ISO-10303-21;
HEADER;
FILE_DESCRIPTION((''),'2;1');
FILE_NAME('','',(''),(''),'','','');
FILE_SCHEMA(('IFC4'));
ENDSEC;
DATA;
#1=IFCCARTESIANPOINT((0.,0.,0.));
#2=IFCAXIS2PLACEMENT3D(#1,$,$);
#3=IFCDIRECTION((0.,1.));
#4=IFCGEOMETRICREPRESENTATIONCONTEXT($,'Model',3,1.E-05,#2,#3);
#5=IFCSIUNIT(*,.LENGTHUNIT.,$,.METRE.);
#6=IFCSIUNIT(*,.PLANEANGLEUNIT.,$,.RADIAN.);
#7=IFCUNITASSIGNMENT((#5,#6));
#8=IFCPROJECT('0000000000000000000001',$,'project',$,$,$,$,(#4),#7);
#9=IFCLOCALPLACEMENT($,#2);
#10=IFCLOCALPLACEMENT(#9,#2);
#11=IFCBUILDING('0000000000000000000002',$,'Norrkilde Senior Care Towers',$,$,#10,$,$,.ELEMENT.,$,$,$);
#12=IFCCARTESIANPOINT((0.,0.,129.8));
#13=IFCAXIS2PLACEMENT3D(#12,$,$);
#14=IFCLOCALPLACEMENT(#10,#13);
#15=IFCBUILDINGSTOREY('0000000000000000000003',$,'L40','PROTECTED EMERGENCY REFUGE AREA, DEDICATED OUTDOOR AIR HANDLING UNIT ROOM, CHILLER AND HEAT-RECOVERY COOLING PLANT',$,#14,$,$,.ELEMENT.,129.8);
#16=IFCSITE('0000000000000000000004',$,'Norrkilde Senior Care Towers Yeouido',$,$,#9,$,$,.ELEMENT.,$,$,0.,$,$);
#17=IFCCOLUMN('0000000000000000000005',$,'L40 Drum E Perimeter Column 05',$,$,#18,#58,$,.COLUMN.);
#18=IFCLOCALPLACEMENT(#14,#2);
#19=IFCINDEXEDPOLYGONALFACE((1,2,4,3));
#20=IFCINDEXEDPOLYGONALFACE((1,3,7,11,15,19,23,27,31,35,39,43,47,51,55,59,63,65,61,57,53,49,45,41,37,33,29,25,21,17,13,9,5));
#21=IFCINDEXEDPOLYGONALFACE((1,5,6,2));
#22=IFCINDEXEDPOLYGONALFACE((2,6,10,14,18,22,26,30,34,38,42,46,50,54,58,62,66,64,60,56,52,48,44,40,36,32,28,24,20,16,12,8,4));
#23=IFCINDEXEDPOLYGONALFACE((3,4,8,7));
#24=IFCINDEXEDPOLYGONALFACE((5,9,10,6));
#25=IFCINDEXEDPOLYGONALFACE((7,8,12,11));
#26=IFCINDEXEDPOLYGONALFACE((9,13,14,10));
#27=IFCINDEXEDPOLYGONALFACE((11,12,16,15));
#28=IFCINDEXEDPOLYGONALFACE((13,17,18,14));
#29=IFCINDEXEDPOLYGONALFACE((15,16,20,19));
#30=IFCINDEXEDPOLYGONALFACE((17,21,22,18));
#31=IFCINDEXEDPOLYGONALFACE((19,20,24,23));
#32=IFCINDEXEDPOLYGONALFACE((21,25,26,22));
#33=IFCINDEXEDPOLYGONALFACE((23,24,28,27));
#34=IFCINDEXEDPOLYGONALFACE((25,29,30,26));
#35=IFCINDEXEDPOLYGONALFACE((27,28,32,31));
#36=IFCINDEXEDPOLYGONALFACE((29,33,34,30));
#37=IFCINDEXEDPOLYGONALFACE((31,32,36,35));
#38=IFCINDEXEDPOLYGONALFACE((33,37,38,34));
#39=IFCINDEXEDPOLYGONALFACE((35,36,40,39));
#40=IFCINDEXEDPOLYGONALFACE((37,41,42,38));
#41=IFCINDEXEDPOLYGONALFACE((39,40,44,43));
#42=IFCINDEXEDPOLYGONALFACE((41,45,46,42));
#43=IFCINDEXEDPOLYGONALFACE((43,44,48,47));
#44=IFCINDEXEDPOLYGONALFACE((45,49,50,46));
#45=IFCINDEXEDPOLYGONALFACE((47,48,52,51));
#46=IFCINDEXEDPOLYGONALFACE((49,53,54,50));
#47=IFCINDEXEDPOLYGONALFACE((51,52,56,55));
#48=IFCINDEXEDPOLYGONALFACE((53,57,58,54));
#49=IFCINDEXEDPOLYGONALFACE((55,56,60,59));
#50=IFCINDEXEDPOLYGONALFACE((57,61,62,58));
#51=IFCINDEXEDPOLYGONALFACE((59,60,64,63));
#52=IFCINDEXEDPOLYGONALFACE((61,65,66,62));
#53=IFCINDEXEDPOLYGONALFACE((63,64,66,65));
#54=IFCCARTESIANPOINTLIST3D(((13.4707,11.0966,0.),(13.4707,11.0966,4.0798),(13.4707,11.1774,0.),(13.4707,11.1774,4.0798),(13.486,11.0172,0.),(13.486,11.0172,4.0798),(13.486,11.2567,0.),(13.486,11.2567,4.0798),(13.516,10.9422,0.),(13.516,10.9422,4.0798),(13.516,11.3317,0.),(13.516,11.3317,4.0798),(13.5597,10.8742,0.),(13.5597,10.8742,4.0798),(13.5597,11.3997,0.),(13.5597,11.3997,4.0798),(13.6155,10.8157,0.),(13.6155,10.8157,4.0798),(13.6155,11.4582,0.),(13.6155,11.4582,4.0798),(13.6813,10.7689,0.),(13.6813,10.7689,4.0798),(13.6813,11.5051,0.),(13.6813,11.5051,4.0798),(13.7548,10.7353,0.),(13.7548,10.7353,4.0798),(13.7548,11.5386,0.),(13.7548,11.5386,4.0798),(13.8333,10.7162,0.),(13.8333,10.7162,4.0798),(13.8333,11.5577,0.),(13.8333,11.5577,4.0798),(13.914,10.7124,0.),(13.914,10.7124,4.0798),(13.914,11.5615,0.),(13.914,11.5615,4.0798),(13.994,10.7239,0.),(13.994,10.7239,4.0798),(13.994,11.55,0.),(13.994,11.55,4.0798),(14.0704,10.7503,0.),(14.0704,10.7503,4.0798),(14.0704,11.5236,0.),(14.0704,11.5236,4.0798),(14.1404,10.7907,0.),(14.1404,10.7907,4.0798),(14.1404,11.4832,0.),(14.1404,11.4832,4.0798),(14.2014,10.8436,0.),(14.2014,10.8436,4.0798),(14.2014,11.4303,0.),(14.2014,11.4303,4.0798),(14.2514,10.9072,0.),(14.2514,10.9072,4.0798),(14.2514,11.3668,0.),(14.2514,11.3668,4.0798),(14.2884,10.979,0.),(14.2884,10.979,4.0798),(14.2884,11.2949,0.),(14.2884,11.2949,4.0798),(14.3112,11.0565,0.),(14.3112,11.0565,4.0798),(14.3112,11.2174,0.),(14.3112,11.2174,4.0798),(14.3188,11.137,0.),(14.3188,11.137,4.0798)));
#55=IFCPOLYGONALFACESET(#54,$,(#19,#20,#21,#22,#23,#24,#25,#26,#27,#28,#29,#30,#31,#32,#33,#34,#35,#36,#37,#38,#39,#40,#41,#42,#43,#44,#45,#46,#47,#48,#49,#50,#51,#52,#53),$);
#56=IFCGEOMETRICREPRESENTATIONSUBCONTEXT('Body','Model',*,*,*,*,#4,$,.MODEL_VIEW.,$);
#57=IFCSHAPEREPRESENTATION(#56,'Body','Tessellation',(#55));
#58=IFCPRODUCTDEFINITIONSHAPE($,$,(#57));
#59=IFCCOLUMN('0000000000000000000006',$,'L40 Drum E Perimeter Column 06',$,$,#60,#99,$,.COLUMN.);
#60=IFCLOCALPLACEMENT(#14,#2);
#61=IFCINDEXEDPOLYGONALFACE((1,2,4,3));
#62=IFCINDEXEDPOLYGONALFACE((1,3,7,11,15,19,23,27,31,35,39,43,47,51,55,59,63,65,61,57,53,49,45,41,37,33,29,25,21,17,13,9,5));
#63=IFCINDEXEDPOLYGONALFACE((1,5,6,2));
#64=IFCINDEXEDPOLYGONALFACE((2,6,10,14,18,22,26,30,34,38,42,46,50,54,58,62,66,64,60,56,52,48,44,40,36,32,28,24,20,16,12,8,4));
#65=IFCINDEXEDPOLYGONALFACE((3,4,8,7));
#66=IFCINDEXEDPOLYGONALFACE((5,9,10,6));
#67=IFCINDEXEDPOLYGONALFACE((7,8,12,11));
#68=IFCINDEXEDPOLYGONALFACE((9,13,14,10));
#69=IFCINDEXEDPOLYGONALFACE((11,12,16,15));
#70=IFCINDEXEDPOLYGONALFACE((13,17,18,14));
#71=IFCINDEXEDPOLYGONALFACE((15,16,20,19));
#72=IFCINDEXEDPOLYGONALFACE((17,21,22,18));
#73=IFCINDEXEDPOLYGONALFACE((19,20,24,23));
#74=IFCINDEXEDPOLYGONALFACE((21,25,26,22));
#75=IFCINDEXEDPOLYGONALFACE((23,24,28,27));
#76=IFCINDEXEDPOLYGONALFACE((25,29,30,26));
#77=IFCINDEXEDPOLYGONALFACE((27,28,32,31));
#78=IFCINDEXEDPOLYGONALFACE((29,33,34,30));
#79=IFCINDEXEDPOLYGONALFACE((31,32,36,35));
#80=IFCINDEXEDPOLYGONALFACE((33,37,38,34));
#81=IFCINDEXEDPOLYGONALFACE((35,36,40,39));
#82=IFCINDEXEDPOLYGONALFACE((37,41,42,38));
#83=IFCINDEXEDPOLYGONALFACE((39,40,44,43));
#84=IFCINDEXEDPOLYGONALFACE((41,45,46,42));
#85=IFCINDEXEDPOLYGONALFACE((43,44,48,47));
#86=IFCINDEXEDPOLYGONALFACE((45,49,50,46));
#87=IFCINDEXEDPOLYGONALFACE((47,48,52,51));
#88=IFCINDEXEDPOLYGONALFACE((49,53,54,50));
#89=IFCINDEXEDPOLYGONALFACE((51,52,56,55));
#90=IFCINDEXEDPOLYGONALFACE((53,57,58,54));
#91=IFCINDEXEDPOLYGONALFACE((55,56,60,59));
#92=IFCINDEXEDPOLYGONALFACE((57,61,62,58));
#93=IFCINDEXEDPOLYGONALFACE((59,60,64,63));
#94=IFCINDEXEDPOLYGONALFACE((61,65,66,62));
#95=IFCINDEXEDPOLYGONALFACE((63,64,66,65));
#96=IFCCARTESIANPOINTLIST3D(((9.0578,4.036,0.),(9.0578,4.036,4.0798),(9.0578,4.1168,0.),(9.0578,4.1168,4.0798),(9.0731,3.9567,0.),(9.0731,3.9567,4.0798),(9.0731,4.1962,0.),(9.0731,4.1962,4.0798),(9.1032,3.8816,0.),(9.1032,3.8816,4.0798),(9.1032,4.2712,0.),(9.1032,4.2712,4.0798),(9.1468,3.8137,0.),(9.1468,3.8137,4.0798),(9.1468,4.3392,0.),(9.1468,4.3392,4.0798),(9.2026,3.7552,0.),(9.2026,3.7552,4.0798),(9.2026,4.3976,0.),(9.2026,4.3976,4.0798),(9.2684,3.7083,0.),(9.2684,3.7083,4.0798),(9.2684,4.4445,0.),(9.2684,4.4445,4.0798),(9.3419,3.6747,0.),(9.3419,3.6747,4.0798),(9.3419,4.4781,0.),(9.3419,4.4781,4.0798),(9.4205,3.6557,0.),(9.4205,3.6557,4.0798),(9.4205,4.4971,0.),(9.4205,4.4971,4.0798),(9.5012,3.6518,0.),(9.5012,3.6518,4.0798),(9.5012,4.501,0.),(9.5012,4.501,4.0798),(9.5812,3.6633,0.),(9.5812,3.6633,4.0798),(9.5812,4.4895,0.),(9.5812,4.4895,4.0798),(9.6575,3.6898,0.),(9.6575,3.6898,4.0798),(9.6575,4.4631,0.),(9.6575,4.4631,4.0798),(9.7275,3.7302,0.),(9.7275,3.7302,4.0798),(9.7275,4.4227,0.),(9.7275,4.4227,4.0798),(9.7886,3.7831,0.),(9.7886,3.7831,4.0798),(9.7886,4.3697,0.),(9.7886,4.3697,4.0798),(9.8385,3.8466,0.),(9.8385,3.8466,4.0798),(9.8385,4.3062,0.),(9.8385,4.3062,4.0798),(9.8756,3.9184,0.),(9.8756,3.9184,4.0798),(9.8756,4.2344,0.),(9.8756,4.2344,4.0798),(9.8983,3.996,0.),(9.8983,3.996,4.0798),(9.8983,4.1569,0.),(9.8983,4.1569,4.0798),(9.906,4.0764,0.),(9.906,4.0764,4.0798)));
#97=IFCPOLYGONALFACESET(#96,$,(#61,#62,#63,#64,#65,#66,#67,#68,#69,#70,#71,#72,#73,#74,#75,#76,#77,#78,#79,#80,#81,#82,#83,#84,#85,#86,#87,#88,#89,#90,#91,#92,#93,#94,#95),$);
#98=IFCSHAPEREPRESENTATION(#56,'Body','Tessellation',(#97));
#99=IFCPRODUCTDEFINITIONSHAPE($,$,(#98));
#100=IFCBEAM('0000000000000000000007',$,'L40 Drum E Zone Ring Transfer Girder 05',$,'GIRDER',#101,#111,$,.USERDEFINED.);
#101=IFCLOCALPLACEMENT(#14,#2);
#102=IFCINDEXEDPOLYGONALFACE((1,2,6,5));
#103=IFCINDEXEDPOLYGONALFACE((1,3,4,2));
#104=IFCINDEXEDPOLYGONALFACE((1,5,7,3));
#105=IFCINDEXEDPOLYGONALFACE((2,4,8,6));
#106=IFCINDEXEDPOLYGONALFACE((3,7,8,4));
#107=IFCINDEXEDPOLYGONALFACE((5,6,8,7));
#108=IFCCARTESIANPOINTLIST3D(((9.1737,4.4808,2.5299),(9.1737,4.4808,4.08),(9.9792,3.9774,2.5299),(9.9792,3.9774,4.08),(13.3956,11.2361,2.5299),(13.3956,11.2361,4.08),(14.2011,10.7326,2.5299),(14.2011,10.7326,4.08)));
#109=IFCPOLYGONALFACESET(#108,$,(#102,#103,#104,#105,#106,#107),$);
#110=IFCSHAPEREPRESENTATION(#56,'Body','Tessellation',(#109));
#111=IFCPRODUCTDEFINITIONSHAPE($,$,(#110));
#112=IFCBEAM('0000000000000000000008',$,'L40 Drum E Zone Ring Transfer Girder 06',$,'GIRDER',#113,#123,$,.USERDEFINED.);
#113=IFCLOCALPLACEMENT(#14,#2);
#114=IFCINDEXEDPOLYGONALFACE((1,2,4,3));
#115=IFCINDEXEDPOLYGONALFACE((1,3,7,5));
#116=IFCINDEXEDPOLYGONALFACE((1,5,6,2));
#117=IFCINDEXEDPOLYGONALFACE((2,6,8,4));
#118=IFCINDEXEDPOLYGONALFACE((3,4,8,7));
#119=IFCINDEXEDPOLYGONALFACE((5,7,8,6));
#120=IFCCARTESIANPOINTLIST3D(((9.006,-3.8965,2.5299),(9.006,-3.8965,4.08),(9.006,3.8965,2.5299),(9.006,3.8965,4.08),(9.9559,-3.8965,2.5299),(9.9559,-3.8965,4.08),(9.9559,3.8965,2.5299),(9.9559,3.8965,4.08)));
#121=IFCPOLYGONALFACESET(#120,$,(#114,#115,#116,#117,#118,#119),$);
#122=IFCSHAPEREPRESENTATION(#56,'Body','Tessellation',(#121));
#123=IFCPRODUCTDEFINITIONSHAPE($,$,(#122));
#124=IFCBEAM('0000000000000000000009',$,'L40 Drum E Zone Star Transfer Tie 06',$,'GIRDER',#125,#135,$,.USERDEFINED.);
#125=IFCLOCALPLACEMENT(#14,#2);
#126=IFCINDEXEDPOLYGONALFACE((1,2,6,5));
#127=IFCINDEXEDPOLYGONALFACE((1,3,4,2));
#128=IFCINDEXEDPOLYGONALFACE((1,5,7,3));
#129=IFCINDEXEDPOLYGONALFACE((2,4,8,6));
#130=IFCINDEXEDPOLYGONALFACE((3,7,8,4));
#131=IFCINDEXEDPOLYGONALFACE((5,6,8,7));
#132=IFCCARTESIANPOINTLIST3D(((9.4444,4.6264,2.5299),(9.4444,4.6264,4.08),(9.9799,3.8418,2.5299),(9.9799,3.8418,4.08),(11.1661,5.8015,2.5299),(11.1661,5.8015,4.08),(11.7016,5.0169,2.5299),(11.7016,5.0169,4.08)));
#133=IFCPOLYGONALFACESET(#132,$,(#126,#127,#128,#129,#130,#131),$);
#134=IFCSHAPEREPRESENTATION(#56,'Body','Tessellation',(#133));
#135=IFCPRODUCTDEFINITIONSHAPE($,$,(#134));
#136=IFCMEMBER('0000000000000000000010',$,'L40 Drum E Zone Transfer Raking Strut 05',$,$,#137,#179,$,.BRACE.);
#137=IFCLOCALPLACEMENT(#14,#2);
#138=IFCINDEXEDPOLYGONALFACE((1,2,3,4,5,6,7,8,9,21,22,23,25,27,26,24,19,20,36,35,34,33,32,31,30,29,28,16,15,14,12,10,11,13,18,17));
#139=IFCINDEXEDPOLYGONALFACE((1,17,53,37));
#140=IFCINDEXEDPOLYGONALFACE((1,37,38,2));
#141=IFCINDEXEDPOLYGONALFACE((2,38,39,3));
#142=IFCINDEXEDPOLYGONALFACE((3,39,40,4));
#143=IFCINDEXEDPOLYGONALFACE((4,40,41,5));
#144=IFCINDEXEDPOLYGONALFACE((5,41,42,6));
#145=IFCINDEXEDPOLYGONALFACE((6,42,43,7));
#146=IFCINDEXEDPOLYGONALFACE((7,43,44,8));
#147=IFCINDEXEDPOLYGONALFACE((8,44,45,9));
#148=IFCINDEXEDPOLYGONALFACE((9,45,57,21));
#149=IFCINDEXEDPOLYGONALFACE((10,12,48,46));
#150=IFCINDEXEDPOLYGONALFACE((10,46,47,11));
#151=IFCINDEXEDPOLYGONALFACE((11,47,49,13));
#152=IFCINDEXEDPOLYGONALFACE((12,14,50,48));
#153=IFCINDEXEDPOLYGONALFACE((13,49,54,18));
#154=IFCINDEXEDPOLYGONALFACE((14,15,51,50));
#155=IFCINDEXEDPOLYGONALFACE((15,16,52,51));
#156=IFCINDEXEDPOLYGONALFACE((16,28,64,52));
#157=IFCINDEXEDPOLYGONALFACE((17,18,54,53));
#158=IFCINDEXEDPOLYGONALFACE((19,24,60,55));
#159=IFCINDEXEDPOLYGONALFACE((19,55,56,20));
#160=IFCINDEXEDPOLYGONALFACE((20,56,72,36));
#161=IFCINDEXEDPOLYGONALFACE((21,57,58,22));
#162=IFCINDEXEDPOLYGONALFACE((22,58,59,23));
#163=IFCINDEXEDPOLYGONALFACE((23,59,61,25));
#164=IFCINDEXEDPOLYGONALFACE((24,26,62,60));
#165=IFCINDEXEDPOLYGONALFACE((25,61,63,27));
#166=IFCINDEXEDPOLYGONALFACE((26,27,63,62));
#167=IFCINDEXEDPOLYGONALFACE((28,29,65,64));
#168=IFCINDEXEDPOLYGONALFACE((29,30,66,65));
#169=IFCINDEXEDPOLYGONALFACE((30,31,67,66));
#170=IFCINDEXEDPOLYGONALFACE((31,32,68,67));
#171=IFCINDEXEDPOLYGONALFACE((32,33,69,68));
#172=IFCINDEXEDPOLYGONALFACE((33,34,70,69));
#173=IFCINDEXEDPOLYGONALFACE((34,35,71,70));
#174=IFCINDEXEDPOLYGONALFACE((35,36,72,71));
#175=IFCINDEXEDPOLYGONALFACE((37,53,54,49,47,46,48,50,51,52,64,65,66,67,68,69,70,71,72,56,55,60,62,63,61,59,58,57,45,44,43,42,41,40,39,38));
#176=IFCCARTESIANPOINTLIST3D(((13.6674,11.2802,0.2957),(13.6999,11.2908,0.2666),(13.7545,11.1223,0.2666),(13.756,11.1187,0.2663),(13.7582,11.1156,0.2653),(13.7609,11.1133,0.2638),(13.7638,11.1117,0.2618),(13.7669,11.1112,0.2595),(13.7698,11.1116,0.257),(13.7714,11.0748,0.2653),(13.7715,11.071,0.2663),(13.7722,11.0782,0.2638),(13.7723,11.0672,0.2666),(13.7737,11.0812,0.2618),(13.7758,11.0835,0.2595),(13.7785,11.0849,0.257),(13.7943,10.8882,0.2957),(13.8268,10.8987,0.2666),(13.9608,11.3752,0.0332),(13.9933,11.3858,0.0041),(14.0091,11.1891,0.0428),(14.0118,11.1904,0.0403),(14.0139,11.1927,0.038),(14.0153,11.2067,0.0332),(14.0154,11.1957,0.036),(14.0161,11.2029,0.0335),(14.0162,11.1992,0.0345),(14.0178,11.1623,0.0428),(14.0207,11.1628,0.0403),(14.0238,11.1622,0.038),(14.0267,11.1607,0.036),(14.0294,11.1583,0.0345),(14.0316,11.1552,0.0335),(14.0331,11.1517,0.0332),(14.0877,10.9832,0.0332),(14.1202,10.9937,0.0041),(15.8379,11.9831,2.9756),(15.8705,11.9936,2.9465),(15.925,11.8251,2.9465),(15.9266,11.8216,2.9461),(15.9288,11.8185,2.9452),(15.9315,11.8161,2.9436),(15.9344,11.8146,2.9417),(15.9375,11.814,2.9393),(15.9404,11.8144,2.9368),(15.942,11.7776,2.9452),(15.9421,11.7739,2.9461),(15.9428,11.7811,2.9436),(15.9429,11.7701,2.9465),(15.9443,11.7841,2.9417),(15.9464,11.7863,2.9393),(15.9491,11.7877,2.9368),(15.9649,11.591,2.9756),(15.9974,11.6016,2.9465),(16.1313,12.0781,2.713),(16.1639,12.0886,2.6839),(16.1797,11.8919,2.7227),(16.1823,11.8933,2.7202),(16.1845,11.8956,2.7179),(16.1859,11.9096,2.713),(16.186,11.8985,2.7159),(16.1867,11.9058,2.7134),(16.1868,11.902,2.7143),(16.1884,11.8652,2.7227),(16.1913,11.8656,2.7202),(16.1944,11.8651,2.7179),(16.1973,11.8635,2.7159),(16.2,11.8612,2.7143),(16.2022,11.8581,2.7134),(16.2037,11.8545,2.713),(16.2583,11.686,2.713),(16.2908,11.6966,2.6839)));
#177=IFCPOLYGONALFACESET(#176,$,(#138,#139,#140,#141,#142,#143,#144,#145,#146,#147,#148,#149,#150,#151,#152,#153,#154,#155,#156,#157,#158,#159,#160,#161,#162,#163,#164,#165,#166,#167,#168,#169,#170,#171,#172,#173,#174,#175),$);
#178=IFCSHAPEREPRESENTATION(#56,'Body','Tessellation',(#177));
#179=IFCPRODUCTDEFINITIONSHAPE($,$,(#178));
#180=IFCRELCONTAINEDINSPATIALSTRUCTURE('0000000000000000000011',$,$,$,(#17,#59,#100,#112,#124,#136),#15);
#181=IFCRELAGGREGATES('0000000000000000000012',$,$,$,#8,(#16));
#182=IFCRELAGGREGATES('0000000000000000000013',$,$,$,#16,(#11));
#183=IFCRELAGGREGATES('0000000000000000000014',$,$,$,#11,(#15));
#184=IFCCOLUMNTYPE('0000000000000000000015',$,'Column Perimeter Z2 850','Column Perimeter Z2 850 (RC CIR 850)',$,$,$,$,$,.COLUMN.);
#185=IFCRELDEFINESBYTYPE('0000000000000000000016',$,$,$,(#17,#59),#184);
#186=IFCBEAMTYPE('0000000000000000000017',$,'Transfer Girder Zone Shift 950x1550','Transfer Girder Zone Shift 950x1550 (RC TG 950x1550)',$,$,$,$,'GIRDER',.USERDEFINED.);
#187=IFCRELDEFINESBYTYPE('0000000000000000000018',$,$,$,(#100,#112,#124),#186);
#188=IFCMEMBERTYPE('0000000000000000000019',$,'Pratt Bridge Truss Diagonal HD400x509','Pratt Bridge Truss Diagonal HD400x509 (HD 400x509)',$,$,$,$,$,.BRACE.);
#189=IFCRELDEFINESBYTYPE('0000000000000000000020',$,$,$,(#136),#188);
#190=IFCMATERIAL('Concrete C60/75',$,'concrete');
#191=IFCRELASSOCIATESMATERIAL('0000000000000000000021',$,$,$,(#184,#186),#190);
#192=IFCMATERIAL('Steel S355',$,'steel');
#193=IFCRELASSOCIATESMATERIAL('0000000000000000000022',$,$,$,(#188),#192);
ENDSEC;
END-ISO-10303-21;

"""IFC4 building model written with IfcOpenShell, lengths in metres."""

from ifc_helpers import new_model, si_unit, direction, frame, origin, origin_2d, place, context, subcontext, project, spatial, rectangle, circle, i_section, extrude, source, transform, mapped, material, material_profile, profile_set, type_object, type_shapes, element, save


model = new_model("IFC4")

# Units and contexts
model_context = context("Model", 3, precision=1e-05, world=origin(), true_north=direction((0.0, 1.0)))
body_context = subcontext(model_context, "Body", "Model", "MODEL_VIEW")
ifc_project = project(units=[si_unit("LENGTHUNIT", "METRE"), si_unit("PLANEANGLEUNIT", "RADIAN")], contexts=[model_context])

# Site, building, storey
site_placement = place(None, origin())
site = spatial("IfcSite", under=ifc_project, at=site_placement, Name="Norrkilde Senior Care Towers Yeouido", CompositionType="ELEMENT", RefElevation=0.0)
building_placement = place(site_placement, origin())
building = spatial("IfcBuilding", under=site, at=building_placement, Name="Norrkilde Senior Care Towers", CompositionType="ELEMENT")
storey_placement = place(building_placement, frame((0.0, 0.0, 129.8)))
storey = spatial("IfcBuildingStorey", under=building, at=storey_placement, Name="L40", Description="PROTECTED EMERGENCY REFUGE AREA, DEDICATED OUTDOOR AIR HANDLING UNIT ROOM, CHILLER AND HEAT-RECOVERY COOLING PLANT", CompositionType="ELEMENT", Elevation=129.8)

# Columns
ifc_material_1 = material(Name="Concrete C60/75", Category="concrete")
ifc_material_profile_1 = material_profile(ifc_material_1, circle(Radius=0.425, at=origin_2d()), Name="RC CIR 850")
ifc_profile_set_1 = profile_set([ifc_material_profile_1], Name="Concrete C60/75")
column_type = type_object("IfcColumnType", Name="Column Perimeter Z2 850", Description="Column Perimeter Z2 850 (RC CIR 850)", PredefinedType="COLUMN", material=ifc_profile_set_1)
shared_shape_1 = source(origin(), body_context, "Body", "SweptSolid", [
    extrude(circle(Radius=0.425, at=origin_2d()), origin(), (0.0, 0.0, 1.0), 4.0798),
])
type_shapes(column_type, [shared_shape_1])
for number, where, z_axis, x_axis, name in (
    (1, (13.8938, 11.137, 0.0), (0.0, 0.0, 1.0), (1.0, 0.0, 0.0), "L40 Drum E Perimeter Column 05"),
    (2, (9.481, 4.0764, 0.0), (0.0, 0.0, 1.0), (1.0, 0.0, 0.0), "L40 Drum E Perimeter Column 06"),
):
    element("IfcColumn", number, at=place(storey_placement, frame(where, z_axis=z_axis, x_axis=x_axis)), inside=storey, type_object=column_type, Name=name, PredefinedType="COLUMN", context=body_context, shape_type="MappedRepresentation", body=[
        mapped(shared_shape_1, transform((0.0, 0.0, 0.0), x_axis=(1.0, 0.0, 0.0), y_axis=(0.0, 1.0, 0.0), z_axis=(0.0, 0.0, 1.0), scale=1.0)),
    ])

# Beams
ifc_material_profile_2 = material_profile(ifc_material_1, rectangle(XDim=0.95, YDim=1.55, at=origin_2d()), Name="RC TG 950x1550")
ifc_profile_set_2 = profile_set([ifc_material_profile_2], Name="Concrete C60/75")
beam_type = type_object("IfcBeamType", Name="Transfer Girder Zone Shift 950x1550", Description="Transfer Girder Zone Shift 950x1550 (RC TG 950x1550)", ElementType="GIRDER", PredefinedType="USERDEFINED", material=ifc_profile_set_2)
shared_shape_2 = source(origin(), body_context, "Body", "SweptSolid", [
    extrude(rectangle(XDim=0.95, YDim=1.55, at=origin_2d()), origin(), (0.0, 0.0, 1.0), 7.9661),
])
beam_1_placement = place(storey_placement, frame((13.7983, 10.9844, 3.3049), z_axis=(-0.529982, -0.848009, 0.0), x_axis=(0.848009, -0.529982, 0.0)))
element("IfcBeam", 3, at=beam_1_placement, inside=storey, type_object=beam_type, Name="L40 Drum E Zone Ring Transfer Girder 05", ObjectType="GIRDER", PredefinedType="USERDEFINED", context=body_context, shape_type="MappedRepresentation", body=[
    mapped(shared_shape_2, transform((0.0, 0.0, 0.0), x_axis=(1.0, 0.0, 0.0), y_axis=(0.0, 1.0, 0.0), z_axis=(0.0, 0.0, 1.0), scale=1.0)),
])
shared_shape_3 = source(origin(), body_context, "Body", "SweptSolid", [
    extrude(rectangle(XDim=0.95, YDim=1.55, at=origin_2d()), origin(), (0.0, 0.0, 1.0), 7.793),
])
beam_2_placement = place(storey_placement, frame((9.481, 3.8965, 3.3049), z_axis=(0.0, -1.0, 0.0), x_axis=(1.0, 0.0, 0.0)))
element("IfcBeam", 4, at=beam_2_placement, inside=storey, type_object=beam_type, Name="L40 Drum E Zone Ring Transfer Girder 06", ObjectType="GIRDER", PredefinedType="USERDEFINED", context=body_context, shape_type="MappedRepresentation", body=[
    mapped(shared_shape_3, transform((0.0, 0.0, 0.0), x_axis=(1.0, 0.0, 0.0), y_axis=(0.0, 1.0, 0.0), z_axis=(0.0, 0.0, 1.0), scale=1.0)),
])
shared_shape_4 = source(origin(), body_context, "Body", "SweptSolid", [
    extrude(rectangle(XDim=0.95, YDim=1.55, at=origin_2d()), origin(), (0.0, 0.0, 1.0), 2.0845),
])
type_shapes(beam_type, [shared_shape_2, shared_shape_3, shared_shape_4])
beam_3_placement = place(storey_placement, frame((11.4338, 5.4092, 3.3049), z_axis=(-0.825965, -0.563722, 0.0), x_axis=(0.563722, -0.825965, 0.0)))
element("IfcBeam", 5, at=beam_3_placement, inside=storey, type_object=beam_type, Name="L40 Drum E Zone Star Transfer Tie 06", ObjectType="GIRDER", PredefinedType="USERDEFINED", context=body_context, shape_type="MappedRepresentation", body=[
    mapped(shared_shape_4, transform((0.0, 0.0, 0.0), x_axis=(1.0, 0.0, 0.0), y_axis=(0.0, 1.0, 0.0), z_axis=(0.0, 0.0, 1.0), scale=1.0)),
])

# Member
ifc_material_2 = material(Name="Steel S355", Category="steel")
ifc_material_profile_3 = material_profile(ifc_material_2, i_section(OverallWidth=0.4121, OverallDepth=0.45, WebThickness=0.0281, FlangeThickness=0.0449, FilletRadius=0.0149, at=origin_2d()), Name="HD 400x509")
ifc_profile_set_3 = profile_set([ifc_material_profile_3], Name="Steel S355")
member_type_1 = type_object("IfcMemberType", Name="Pratt Bridge Truss Diagonal HD400x509", Description="Pratt Bridge Truss Diagonal HD400x509 (HD 400x509)", PredefinedType="BRACE", material=ifc_profile_set_3)
shared_shape_5 = source(origin(), body_context, "Body", "SweptSolid", [
    extrude(i_section(OverallWidth=0.4121, OverallDepth=0.45, WebThickness=0.0281, FlangeThickness=0.0449, FilletRadius=0.0149, at=origin_2d()), origin(), (0.0, 0.0, 1.0), 3.5195),
])
type_shapes(member_type_1, [shared_shape_5])
member_1_placement = place(storey_placement, frame((13.8938, 11.137, 0.1499), z_axis=(0.616727, 0.199703, 0.761424), x_axis=(-0.308062, 0.951366, 0.0)))
element("IfcMember", 6, at=member_1_placement, inside=storey, type_object=member_type_1, Name="L40 Drum E Zone Transfer Raking Strut 05", PredefinedType="BRACE", context=body_context, shape_type="MappedRepresentation", body=[
    mapped(shared_shape_5, transform((0.0, 0.0, 0.0), x_axis=(1.0, 0.0, 0.0), y_axis=(0.0, 1.0, 0.0), z_axis=(0.0, 0.0, 1.0), scale=1.0)),
])

save(model, "model.ifc")
